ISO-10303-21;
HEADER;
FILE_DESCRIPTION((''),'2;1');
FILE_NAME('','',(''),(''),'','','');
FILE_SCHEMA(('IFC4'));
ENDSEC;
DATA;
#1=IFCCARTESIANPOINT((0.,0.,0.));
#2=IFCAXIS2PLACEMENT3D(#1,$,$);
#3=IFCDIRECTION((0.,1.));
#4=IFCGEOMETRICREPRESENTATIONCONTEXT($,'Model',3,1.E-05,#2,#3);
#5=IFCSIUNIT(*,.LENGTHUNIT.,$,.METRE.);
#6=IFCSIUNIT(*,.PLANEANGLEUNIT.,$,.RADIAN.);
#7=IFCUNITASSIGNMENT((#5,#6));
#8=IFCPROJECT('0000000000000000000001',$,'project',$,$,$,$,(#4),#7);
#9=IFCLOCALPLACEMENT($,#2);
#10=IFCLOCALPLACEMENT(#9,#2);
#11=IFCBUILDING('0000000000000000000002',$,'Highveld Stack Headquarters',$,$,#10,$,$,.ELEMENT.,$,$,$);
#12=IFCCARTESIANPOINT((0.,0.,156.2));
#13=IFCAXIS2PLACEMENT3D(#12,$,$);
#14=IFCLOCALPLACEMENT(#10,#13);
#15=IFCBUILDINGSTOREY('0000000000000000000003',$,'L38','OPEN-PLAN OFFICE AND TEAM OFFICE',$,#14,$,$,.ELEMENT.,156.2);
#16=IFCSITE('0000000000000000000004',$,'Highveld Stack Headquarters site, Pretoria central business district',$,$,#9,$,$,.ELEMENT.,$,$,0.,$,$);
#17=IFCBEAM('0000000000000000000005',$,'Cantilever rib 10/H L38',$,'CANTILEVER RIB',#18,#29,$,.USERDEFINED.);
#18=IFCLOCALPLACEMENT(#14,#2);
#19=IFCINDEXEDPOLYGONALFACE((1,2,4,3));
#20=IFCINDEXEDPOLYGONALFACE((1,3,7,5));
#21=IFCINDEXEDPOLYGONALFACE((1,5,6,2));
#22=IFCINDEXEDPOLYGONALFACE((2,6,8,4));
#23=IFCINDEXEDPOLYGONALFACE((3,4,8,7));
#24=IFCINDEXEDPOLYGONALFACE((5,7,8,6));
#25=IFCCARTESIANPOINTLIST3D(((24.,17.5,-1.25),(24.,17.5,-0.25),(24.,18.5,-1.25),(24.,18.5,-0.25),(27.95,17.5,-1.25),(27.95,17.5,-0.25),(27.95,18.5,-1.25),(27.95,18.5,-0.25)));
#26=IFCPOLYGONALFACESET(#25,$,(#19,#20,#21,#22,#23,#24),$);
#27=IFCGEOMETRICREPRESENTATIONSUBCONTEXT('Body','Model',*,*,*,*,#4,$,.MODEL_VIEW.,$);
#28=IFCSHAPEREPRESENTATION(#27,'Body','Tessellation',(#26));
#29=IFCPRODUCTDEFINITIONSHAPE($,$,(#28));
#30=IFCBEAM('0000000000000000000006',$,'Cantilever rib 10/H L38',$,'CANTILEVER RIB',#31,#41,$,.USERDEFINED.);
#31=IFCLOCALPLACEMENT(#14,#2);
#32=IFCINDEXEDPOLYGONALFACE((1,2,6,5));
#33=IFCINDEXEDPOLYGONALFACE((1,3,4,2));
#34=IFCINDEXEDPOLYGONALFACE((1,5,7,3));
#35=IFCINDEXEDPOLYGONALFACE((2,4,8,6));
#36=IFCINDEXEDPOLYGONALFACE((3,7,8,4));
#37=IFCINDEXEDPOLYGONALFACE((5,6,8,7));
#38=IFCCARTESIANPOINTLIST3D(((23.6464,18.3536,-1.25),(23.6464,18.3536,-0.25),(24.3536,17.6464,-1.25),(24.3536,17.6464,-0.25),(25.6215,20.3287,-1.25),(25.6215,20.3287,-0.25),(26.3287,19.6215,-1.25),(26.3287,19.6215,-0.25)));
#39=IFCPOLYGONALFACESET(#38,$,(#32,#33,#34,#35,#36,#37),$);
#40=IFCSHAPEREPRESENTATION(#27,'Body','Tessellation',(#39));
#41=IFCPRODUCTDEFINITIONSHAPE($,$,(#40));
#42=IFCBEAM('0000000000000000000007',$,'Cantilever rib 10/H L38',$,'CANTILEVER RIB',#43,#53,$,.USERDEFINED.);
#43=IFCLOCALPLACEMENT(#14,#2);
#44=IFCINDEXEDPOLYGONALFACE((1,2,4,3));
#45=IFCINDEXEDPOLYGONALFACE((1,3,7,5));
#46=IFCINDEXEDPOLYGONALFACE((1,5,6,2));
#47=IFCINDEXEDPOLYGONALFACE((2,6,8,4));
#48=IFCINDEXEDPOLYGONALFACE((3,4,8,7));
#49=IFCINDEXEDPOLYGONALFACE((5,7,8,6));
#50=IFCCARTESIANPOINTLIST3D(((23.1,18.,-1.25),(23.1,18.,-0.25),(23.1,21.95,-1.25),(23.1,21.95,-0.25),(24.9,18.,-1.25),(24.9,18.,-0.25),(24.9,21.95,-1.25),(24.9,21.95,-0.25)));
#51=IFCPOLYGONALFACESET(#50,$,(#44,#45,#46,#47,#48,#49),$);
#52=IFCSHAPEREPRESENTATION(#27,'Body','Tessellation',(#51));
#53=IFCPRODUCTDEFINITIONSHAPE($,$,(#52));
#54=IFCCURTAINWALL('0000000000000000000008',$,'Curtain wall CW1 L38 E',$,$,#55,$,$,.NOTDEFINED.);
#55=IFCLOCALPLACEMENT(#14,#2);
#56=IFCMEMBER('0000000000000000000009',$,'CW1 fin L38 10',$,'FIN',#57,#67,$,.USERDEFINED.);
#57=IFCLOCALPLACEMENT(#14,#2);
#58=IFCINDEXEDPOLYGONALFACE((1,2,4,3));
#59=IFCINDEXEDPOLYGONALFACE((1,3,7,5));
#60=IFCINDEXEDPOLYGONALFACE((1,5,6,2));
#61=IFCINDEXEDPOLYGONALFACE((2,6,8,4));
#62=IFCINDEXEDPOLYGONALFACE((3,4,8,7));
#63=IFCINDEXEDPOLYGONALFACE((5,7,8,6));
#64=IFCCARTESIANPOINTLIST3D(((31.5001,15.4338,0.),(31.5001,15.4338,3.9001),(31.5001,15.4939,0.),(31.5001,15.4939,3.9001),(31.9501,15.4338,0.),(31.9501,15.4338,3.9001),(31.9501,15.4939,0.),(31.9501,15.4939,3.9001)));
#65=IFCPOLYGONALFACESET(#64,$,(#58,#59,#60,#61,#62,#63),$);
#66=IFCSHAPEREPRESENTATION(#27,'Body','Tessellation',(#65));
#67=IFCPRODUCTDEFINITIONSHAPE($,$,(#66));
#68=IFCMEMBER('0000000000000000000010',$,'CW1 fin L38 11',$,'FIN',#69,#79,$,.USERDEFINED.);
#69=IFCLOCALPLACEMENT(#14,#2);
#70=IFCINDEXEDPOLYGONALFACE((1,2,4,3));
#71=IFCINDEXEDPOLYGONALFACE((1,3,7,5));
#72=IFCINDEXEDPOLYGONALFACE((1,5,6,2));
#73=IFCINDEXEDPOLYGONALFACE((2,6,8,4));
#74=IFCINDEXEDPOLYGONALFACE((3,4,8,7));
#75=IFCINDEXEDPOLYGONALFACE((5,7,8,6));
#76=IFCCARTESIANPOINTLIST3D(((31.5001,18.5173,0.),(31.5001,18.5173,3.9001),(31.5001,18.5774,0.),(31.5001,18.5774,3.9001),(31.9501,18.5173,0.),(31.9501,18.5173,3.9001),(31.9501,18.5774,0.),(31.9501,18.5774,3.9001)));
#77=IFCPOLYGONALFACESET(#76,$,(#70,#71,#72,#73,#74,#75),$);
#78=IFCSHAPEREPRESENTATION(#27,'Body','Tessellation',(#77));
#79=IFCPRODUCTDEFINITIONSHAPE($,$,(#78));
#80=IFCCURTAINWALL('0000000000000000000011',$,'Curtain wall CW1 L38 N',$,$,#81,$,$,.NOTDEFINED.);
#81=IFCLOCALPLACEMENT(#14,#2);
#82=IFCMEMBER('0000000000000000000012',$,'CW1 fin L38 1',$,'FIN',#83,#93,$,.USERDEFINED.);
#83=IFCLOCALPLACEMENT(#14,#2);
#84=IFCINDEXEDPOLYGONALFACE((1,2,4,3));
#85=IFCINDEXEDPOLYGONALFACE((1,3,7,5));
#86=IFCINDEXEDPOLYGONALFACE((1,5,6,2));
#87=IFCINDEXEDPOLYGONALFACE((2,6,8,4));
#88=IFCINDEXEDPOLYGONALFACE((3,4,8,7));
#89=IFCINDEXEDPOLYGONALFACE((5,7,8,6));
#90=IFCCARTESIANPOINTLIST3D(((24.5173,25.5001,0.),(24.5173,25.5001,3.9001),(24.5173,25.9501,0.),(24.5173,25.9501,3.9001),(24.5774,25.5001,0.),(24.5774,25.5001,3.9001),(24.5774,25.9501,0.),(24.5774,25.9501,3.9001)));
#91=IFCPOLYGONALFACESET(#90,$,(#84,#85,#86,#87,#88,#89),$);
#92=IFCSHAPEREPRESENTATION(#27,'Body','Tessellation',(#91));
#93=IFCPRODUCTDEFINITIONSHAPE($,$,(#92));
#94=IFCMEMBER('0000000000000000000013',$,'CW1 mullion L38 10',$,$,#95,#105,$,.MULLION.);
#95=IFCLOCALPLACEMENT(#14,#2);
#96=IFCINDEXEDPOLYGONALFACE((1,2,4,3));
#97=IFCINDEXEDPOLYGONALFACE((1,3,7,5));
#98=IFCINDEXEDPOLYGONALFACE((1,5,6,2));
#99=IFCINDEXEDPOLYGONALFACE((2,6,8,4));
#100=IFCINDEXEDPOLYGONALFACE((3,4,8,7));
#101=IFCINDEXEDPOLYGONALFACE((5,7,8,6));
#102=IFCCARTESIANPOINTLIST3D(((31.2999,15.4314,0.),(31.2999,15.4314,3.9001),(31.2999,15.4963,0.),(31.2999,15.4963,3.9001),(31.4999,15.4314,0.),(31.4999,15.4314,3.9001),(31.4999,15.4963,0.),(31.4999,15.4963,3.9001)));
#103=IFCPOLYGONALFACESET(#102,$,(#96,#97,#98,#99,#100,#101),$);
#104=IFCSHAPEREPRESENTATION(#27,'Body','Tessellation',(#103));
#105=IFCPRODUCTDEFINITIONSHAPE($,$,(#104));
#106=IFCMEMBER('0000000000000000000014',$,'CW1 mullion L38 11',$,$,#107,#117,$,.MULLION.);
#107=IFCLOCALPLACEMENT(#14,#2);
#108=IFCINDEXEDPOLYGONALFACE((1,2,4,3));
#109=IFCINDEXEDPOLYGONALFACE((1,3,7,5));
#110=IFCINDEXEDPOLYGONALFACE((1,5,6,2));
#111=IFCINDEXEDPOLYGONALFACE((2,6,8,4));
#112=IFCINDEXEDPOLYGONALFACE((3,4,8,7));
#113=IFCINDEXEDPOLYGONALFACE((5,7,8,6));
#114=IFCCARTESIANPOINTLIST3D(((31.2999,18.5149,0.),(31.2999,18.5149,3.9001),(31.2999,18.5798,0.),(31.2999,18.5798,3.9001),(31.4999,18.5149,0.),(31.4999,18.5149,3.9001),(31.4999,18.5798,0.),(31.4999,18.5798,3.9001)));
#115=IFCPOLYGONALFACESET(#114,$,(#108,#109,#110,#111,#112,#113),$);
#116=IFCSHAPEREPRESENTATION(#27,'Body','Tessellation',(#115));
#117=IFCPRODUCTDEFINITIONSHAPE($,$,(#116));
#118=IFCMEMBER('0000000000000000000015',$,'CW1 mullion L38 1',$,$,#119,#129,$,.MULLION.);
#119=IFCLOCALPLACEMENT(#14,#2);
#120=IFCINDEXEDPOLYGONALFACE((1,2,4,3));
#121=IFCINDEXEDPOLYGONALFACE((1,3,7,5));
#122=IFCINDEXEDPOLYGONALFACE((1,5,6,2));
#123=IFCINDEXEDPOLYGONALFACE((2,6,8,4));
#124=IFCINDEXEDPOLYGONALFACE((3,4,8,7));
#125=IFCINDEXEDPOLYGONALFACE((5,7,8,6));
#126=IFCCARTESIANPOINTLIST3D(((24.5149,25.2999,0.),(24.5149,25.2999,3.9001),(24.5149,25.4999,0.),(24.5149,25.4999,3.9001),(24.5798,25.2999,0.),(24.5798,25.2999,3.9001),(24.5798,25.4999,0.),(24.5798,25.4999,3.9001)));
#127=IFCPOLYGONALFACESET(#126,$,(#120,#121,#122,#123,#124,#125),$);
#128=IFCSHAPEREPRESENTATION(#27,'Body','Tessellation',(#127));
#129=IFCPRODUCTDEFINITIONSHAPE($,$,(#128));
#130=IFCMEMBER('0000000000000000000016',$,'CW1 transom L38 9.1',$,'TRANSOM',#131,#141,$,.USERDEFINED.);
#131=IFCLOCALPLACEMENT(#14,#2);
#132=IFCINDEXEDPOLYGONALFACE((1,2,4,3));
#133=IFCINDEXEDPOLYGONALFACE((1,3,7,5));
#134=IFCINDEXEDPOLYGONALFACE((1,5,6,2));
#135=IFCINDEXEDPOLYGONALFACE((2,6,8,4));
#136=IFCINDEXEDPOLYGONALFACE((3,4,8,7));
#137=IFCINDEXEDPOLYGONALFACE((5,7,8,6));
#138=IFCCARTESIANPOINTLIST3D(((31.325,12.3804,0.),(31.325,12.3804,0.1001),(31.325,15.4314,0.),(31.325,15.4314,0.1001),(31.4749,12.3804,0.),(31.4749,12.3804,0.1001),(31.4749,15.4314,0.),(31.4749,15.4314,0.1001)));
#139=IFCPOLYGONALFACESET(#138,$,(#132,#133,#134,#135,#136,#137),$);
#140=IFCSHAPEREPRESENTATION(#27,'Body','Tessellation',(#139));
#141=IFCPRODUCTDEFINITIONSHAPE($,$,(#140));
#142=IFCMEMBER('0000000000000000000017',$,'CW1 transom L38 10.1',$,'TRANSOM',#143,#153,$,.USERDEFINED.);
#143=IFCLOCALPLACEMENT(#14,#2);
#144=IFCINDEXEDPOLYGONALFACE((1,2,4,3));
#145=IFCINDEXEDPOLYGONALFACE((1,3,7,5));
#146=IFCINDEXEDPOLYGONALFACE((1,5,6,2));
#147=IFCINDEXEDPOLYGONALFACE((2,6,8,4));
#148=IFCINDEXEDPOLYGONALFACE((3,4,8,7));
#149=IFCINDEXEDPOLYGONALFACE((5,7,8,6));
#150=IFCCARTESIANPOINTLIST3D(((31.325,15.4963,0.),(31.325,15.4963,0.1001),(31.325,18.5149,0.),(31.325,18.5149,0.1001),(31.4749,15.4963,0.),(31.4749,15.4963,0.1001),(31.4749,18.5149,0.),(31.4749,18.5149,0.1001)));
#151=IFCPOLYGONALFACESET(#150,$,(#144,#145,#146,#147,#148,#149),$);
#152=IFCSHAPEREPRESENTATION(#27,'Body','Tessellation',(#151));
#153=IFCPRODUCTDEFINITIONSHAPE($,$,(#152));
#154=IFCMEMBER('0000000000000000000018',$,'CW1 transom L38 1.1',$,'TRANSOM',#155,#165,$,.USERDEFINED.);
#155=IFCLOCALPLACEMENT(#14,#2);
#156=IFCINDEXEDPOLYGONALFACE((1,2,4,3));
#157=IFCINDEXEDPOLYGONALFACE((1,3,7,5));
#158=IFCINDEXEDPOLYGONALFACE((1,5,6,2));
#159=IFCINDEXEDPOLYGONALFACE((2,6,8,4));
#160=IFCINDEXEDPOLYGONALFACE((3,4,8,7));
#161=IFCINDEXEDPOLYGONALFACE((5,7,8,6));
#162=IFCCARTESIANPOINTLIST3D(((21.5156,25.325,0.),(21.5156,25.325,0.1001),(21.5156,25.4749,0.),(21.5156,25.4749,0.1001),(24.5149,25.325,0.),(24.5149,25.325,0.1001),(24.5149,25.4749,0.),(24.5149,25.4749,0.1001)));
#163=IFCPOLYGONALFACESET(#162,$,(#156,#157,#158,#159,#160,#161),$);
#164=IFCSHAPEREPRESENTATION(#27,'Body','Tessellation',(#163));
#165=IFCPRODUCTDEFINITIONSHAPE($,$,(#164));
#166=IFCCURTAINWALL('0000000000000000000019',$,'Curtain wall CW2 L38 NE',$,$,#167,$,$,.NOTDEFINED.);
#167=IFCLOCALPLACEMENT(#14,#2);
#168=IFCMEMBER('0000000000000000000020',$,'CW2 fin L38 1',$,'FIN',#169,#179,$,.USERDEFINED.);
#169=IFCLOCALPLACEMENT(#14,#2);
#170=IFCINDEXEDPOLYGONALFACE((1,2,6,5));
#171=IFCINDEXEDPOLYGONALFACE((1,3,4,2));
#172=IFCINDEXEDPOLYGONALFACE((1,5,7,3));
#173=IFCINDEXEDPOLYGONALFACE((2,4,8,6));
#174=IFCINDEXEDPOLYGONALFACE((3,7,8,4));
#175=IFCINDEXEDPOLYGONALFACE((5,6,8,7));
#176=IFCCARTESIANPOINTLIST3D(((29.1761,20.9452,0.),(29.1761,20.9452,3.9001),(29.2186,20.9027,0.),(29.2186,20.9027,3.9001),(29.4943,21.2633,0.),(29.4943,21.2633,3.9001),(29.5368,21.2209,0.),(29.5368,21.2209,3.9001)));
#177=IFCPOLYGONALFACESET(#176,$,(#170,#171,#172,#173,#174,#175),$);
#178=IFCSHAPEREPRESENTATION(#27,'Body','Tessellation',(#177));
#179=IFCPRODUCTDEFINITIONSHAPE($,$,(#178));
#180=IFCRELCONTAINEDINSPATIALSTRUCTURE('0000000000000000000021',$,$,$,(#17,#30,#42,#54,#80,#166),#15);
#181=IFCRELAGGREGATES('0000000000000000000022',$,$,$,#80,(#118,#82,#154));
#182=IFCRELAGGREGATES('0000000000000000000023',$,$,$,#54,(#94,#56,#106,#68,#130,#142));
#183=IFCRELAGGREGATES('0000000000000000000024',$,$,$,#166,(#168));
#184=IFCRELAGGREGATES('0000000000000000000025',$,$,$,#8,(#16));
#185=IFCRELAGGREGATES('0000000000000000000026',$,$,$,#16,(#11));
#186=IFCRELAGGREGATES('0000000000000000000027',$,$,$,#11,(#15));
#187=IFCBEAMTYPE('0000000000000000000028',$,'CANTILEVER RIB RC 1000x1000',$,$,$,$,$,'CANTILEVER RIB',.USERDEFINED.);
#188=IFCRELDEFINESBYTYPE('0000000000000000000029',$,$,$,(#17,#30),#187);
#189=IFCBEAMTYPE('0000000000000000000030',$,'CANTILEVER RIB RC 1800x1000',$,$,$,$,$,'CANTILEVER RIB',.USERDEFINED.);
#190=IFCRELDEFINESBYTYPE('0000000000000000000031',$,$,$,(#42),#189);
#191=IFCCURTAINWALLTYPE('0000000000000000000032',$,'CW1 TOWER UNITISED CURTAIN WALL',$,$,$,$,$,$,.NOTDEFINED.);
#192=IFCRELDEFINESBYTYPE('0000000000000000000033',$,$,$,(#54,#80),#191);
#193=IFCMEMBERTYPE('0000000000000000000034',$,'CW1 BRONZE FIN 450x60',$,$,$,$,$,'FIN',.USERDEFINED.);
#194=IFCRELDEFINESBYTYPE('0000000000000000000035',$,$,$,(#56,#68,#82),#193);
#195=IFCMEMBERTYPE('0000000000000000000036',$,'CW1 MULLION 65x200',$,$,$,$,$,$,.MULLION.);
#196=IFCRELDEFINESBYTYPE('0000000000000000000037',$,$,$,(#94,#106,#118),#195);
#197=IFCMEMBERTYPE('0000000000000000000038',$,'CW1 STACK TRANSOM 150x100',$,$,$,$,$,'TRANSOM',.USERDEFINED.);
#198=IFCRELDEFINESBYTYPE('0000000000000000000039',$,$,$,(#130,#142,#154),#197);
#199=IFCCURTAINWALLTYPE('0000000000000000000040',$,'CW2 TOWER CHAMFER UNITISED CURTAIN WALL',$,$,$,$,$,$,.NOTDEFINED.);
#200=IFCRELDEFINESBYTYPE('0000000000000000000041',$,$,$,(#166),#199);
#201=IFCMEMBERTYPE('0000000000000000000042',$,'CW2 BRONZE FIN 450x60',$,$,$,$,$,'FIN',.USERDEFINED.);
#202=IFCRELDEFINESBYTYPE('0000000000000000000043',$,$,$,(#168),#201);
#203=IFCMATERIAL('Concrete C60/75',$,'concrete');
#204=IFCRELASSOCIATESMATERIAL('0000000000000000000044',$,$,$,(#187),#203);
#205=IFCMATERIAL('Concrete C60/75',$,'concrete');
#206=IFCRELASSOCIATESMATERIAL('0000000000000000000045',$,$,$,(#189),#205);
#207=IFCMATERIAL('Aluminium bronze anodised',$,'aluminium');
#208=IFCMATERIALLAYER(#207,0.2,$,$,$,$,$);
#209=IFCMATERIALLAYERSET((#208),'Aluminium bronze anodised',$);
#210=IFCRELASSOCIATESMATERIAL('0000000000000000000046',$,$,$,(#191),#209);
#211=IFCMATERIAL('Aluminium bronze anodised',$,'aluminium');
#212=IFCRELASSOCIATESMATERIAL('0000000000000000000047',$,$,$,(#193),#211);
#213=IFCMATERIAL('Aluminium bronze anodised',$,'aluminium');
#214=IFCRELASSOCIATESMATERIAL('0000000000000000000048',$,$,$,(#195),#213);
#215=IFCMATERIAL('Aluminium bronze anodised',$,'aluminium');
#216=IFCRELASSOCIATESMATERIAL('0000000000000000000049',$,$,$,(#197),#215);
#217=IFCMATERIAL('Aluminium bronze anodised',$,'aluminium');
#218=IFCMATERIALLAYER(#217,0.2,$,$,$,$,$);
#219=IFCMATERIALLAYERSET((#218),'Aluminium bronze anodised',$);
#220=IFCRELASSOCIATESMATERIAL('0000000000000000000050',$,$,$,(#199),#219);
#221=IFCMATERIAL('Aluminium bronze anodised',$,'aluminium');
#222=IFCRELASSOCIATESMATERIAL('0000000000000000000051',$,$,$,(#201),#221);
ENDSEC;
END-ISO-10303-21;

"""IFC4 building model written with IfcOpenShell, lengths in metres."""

from ifc_helpers import new_model, si_unit, direction, frame, origin, origin_2d, place, context, subcontext, project, spatial, rectangle, extrude, material, layer, layer_set, material_profile, profile_set, type_object, element, aggregate, save


model = new_model("IFC4")

# Units and contexts
model_context = context("Model", 3, precision=1e-05, world=origin(), true_north=direction((0.0, 1.0)))
body_context = subcontext(model_context, "Body", "Model", "MODEL_VIEW")
ifc_project = project(units=[si_unit("LENGTHUNIT", "METRE"), si_unit("PLANEANGLEUNIT", "RADIAN")], contexts=[model_context])

# Site, building, storey
site_placement = place(None, origin())
site = spatial("IfcSite", under=ifc_project, at=site_placement, Name="Highveld Stack Headquarters site, Pretoria central business district", CompositionType="ELEMENT", RefElevation=0.0)
building_placement = place(site_placement, origin())
building = spatial("IfcBuilding", under=site, at=building_placement, Name="Highveld Stack Headquarters", CompositionType="ELEMENT")
storey_placement = place(building_placement, frame((0.0, 0.0, 156.2)))
storey = spatial("IfcBuildingStorey", under=building, at=storey_placement, Name="L38", Description="OPEN-PLAN OFFICE AND TEAM OFFICE", CompositionType="ELEMENT", Elevation=156.2)

# Beams
ifc_material_1 = material(Name="Concrete C60/75", Category="concrete")
ifc_material_profile_1 = material_profile(ifc_material_1, rectangle(XDim=1.0, YDim=1.0, at=origin_2d()), Name="RC 1000x1000")
ifc_profile_set_1 = profile_set([ifc_material_profile_1], Name="Concrete C60/75")
beam_type_1 = type_object("IfcBeamType", Name="CANTILEVER RIB RC 1000x1000", ElementType="CANTILEVER RIB", PredefinedType="USERDEFINED", material=ifc_profile_set_1)
beam_1_placement = place(storey_placement, frame((24.0, 18.0, -0.75), z_axis=(1.0, 0.0, 0.0), x_axis=(0.0, 1.0, 0.0)))
element("IfcBeam", 1, at=beam_1_placement, inside=storey, type_object=beam_type_1, Name="Cantilever rib 10/H L38", ObjectType="CANTILEVER RIB", PredefinedType="USERDEFINED", context=body_context, shape_type="SweptSolid", body=[
    extrude(rectangle(XDim=1.0, YDim=1.0, at=origin_2d()), origin(), (0.0, 0.0, 1.0), 3.95),
])
beam_2_placement = place(storey_placement, frame((24.0, 18.0, -0.75), z_axis=(0.707107, 0.707107, 0.0), x_axis=(-0.707107, 0.707107, 0.0)))
element("IfcBeam", 2, at=beam_2_placement, inside=storey, type_object=beam_type_1, Name="Cantilever rib 10/H L38", ObjectType="CANTILEVER RIB", PredefinedType="USERDEFINED", context=body_context, shape_type="SweptSolid", body=[
    extrude(rectangle(XDim=1.0, YDim=1.0, at=origin_2d()), origin(), (0.0, 0.0, 1.0), 2.7932),
])
ifc_material_2 = material(Name="Concrete C60/75", Category="concrete")
ifc_material_profile_2 = material_profile(ifc_material_2, rectangle(XDim=1.8, YDim=1.0, at=origin_2d()), Name="RC 1800x1000")
ifc_profile_set_2 = profile_set([ifc_material_profile_2], Name="Concrete C60/75")
beam_type_2 = type_object("IfcBeamType", Name="CANTILEVER RIB RC 1800x1000", ElementType="CANTILEVER RIB", PredefinedType="USERDEFINED", material=ifc_profile_set_2)
beam_3_placement = place(storey_placement, frame((24.0, 18.0, -0.75), z_axis=(0.0, 1.0, 0.0), x_axis=(-1.0, 0.0, 0.0)))
element("IfcBeam", 3, at=beam_3_placement, inside=storey, type_object=beam_type_2, Name="Cantilever rib 10/H L38", ObjectType="CANTILEVER RIB", PredefinedType="USERDEFINED", context=body_context, shape_type="SweptSolid", body=[
    extrude(rectangle(XDim=1.8, YDim=1.0, at=origin_2d()), origin(), (0.0, 0.0, 1.0), 3.95),
])

# Curtain wall, members
ifc_material_3 = material(Name="Aluminium bronze anodised", Category="aluminium")
ifc_layer_1 = layer(ifc_material_3, 0.2)
ifc_layer_set_1 = layer_set([ifc_layer_1], Name="Aluminium bronze anodised")
curtain_wall_type_1 = type_object("IfcCurtainWallType", Name="CW1 TOWER UNITISED CURTAIN WALL", PredefinedType="NOTDEFINED", material=ifc_layer_set_1)
curtain_wall_1_placement = place(storey_placement, origin())
curtain_wall_1 = element("IfcCurtainWall", 4, at=curtain_wall_1_placement, inside=storey, type_object=curtain_wall_type_1, Name="Curtain wall CW1 L38 E", PredefinedType="NOTDEFINED")
ifc_material_4 = material(Name="Aluminium bronze anodised", Category="aluminium")
ifc_material_profile_3 = material_profile(ifc_material_4, rectangle(XDim=0.45, YDim=0.0601, at=origin_2d()), Name="FIN 450x60")
ifc_profile_set_3 = profile_set([ifc_material_profile_3], Name="Aluminium bronze anodised")
member_type_1 = type_object("IfcMemberType", Name="CW1 BRONZE FIN 450x60", ElementType="FIN", PredefinedType="USERDEFINED", material=ifc_profile_set_3)
member_1_placement = place(storey_placement, frame((31.7251, 15.4639, 0.0), z_axis=(0.0, 0.0, 1.0), x_axis=(-1.0, 0.0, 0.0)))
member_1 = element("IfcMember", 5, at=member_1_placement, type_object=member_type_1, Name="CW1 fin L38 10", ObjectType="FIN", PredefinedType="USERDEFINED", context=body_context, shape_type="SweptSolid", body=[
    extrude(rectangle(XDim=0.45, YDim=0.0601, at=origin_2d()), origin(), (0.0, 0.0, 1.0), 3.9001),
])
member_2_placement = place(storey_placement, frame((31.7251, 18.5474, 0.0), z_axis=(0.0, 0.0, 1.0), x_axis=(-1.0, 0.0, 0.0)))
member_2 = element("IfcMember", 6, at=member_2_placement, type_object=member_type_1, Name="CW1 fin L38 11", ObjectType="FIN", PredefinedType="USERDEFINED", context=body_context, shape_type="SweptSolid", body=[
    extrude(rectangle(XDim=0.45, YDim=0.0601, at=origin_2d()), origin(), (0.0, 0.0, 1.0), 3.9001),
])

# Curtain wall, member
curtain_wall_2_placement = place(storey_placement, origin())
curtain_wall_2 = element("IfcCurtainWall", 7, at=curtain_wall_2_placement, inside=storey, type_object=curtain_wall_type_1, Name="Curtain wall CW1 L38 N", PredefinedType="NOTDEFINED")
member_3_placement = place(storey_placement, frame((24.5474, 25.7251, 0.0), z_axis=(0.0, 0.0, 1.0), x_axis=(0.0, -1.0, 0.0)))
member_3 = element("IfcMember", 8, at=member_3_placement, type_object=member_type_1, Name="CW1 fin L38 1", ObjectType="FIN", PredefinedType="USERDEFINED", context=body_context, shape_type="SweptSolid", body=[
    extrude(rectangle(XDim=0.45, YDim=0.0601, at=origin_2d()), origin(), (0.0, 0.0, 1.0), 3.9001),
])

# Members
ifc_material_5 = material(Name="Aluminium bronze anodised", Category="aluminium")
ifc_material_profile_4 = material_profile(ifc_material_5, rectangle(XDim=0.2, YDim=0.0649, at=origin_2d()), Name="CW1 MULLION 65x200")
ifc_profile_set_4 = profile_set([ifc_material_profile_4], Name="Aluminium bronze anodised")
member_type_2 = type_object("IfcMemberType", Name="CW1 MULLION 65x200", PredefinedType="MULLION", material=ifc_profile_set_4)
member_4_placement = place(storey_placement, frame((31.3999, 15.4639, 0.0), z_axis=(0.0, 0.0, 1.0), x_axis=(-1.0, 0.0, 0.0)))
member_4 = element("IfcMember", 9, at=member_4_placement, type_object=member_type_2, Name="CW1 mullion L38 10", PredefinedType="MULLION", context=body_context, shape_type="SweptSolid", body=[
    extrude(rectangle(XDim=0.2, YDim=0.0649, at=origin_2d()), origin(), (0.0, 0.0, 1.0), 3.9001),
])
member_5_placement = place(storey_placement, frame((31.3999, 18.5474, 0.0), z_axis=(0.0, 0.0, 1.0), x_axis=(-1.0, 0.0, 0.0)))
member_5 = element("IfcMember", 10, at=member_5_placement, type_object=member_type_2, Name="CW1 mullion L38 11", PredefinedType="MULLION", context=body_context, shape_type="SweptSolid", body=[
    extrude(rectangle(XDim=0.2, YDim=0.0649, at=origin_2d()), origin(), (0.0, 0.0, 1.0), 3.9001),
])
member_6_placement = place(storey_placement, frame((24.5474, 25.3999, 0.0), z_axis=(0.0, 0.0, 1.0), x_axis=(0.0, -1.0, 0.0)))
member_6 = element("IfcMember", 11, at=member_6_placement, type_object=member_type_2, Name="CW1 mullion L38 1", PredefinedType="MULLION", context=body_context, shape_type="SweptSolid", body=[
    extrude(rectangle(XDim=0.2, YDim=0.0649, at=origin_2d()), origin(), (0.0, 0.0, 1.0), 3.9001),
])
ifc_material_6 = material(Name="Aluminium bronze anodised", Category="aluminium")
ifc_material_profile_5 = material_profile(ifc_material_6, rectangle(XDim=0.1499, YDim=0.1001, at=origin_2d()), Name="CW1 TRANSOM 150x100")
ifc_profile_set_5 = profile_set([ifc_material_profile_5], Name="Aluminium bronze anodised")
member_type_3 = type_object("IfcMemberType", Name="CW1 STACK TRANSOM 150x100", ElementType="TRANSOM", PredefinedType="USERDEFINED", material=ifc_profile_set_5)
member_7_placement = place(storey_placement, frame((31.3999, 12.3804, 0.05), z_axis=(0.0, 1.0, 0.0), x_axis=(-1.0, 0.0, 0.0)))
member_7 = element("IfcMember", 12, at=member_7_placement, type_object=member_type_3, Name="CW1 transom L38 9.1", ObjectType="TRANSOM", PredefinedType="USERDEFINED", context=body_context, shape_type="SweptSolid", body=[
    extrude(rectangle(XDim=0.1499, YDim=0.1001, at=origin_2d()), origin(), (0.0, 0.0, 1.0), 3.051),
])
member_8_placement = place(storey_placement, frame((31.3999, 15.4963, 0.05), z_axis=(0.0, 1.0, 0.0), x_axis=(-1.0, 0.0, 0.0)))
member_8 = element("IfcMember", 13, at=member_8_placement, type_object=member_type_3, Name="CW1 transom L38 10.1", ObjectType="TRANSOM", PredefinedType="USERDEFINED", context=body_context, shape_type="SweptSolid", body=[
    extrude(rectangle(XDim=0.1499, YDim=0.1001, at=origin_2d()), origin(), (0.0, 0.0, 1.0), 3.0186),
])
member_9_placement = place(storey_placement, frame((24.5149, 25.3999, 0.05), z_axis=(-1.0, 0.0, 0.0), x_axis=(0.0, -1.0, 0.0)))
member_9 = element("IfcMember", 14, at=member_9_placement, type_object=member_type_3, Name="CW1 transom L38 1.1", ObjectType="TRANSOM", PredefinedType="USERDEFINED", context=body_context, shape_type="SweptSolid", body=[
    extrude(rectangle(XDim=0.1499, YDim=0.1001, at=origin_2d()), origin(), (0.0, 0.0, 1.0), 2.9993),
])
aggregate(curtain_wall_2, [member_6, member_3, member_9])

# Curtain wall, member
ifc_material_7 = material(Name="Aluminium bronze anodised", Category="aluminium")
ifc_layer_2 = layer(ifc_material_7, 0.2)
ifc_layer_set_2 = layer_set([ifc_layer_2], Name="Aluminium bronze anodised")
curtain_wall_type_2 = type_object("IfcCurtainWallType", Name="CW2 TOWER CHAMFER UNITISED CURTAIN WALL", PredefinedType="NOTDEFINED", material=ifc_layer_set_2)
curtain_wall_3_placement = place(storey_placement, origin())
curtain_wall_3 = element("IfcCurtainWall", 15, at=curtain_wall_3_placement, inside=storey, type_object=curtain_wall_type_2, Name="Curtain wall CW2 L38 NE", PredefinedType="NOTDEFINED")
ifc_material_8 = material(Name="Aluminium bronze anodised", Category="aluminium")
ifc_material_profile_6 = material_profile(ifc_material_8, rectangle(XDim=0.45, YDim=0.0601, at=origin_2d()), Name="FIN 450x60")
ifc_profile_set_6 = profile_set([ifc_material_profile_6], Name="Aluminium bronze anodised")
member_type_4 = type_object("IfcMemberType", Name="CW2 BRONZE FIN 450x60", ElementType="FIN", PredefinedType="USERDEFINED", material=ifc_profile_set_6)
member_10_placement = place(storey_placement, frame((29.3564, 21.083, 0.0), z_axis=(0.0, 0.0, 1.0), x_axis=(-0.707107, -0.707107, 0.0)))
member_10 = element("IfcMember", 16, at=member_10_placement, type_object=member_type_4, Name="CW2 fin L38 1", ObjectType="FIN", PredefinedType="USERDEFINED", context=body_context, shape_type="SweptSolid", body=[
    extrude(rectangle(XDim=0.45, YDim=0.0601, at=origin_2d()), origin(), (0.0, 0.0, 1.0), 3.9001),
])

aggregate(curtain_wall_1, [member_4, member_1, member_5, member_2, member_7, member_8])
aggregate(curtain_wall_3, [member_10])

save(model, "model.ifc")
